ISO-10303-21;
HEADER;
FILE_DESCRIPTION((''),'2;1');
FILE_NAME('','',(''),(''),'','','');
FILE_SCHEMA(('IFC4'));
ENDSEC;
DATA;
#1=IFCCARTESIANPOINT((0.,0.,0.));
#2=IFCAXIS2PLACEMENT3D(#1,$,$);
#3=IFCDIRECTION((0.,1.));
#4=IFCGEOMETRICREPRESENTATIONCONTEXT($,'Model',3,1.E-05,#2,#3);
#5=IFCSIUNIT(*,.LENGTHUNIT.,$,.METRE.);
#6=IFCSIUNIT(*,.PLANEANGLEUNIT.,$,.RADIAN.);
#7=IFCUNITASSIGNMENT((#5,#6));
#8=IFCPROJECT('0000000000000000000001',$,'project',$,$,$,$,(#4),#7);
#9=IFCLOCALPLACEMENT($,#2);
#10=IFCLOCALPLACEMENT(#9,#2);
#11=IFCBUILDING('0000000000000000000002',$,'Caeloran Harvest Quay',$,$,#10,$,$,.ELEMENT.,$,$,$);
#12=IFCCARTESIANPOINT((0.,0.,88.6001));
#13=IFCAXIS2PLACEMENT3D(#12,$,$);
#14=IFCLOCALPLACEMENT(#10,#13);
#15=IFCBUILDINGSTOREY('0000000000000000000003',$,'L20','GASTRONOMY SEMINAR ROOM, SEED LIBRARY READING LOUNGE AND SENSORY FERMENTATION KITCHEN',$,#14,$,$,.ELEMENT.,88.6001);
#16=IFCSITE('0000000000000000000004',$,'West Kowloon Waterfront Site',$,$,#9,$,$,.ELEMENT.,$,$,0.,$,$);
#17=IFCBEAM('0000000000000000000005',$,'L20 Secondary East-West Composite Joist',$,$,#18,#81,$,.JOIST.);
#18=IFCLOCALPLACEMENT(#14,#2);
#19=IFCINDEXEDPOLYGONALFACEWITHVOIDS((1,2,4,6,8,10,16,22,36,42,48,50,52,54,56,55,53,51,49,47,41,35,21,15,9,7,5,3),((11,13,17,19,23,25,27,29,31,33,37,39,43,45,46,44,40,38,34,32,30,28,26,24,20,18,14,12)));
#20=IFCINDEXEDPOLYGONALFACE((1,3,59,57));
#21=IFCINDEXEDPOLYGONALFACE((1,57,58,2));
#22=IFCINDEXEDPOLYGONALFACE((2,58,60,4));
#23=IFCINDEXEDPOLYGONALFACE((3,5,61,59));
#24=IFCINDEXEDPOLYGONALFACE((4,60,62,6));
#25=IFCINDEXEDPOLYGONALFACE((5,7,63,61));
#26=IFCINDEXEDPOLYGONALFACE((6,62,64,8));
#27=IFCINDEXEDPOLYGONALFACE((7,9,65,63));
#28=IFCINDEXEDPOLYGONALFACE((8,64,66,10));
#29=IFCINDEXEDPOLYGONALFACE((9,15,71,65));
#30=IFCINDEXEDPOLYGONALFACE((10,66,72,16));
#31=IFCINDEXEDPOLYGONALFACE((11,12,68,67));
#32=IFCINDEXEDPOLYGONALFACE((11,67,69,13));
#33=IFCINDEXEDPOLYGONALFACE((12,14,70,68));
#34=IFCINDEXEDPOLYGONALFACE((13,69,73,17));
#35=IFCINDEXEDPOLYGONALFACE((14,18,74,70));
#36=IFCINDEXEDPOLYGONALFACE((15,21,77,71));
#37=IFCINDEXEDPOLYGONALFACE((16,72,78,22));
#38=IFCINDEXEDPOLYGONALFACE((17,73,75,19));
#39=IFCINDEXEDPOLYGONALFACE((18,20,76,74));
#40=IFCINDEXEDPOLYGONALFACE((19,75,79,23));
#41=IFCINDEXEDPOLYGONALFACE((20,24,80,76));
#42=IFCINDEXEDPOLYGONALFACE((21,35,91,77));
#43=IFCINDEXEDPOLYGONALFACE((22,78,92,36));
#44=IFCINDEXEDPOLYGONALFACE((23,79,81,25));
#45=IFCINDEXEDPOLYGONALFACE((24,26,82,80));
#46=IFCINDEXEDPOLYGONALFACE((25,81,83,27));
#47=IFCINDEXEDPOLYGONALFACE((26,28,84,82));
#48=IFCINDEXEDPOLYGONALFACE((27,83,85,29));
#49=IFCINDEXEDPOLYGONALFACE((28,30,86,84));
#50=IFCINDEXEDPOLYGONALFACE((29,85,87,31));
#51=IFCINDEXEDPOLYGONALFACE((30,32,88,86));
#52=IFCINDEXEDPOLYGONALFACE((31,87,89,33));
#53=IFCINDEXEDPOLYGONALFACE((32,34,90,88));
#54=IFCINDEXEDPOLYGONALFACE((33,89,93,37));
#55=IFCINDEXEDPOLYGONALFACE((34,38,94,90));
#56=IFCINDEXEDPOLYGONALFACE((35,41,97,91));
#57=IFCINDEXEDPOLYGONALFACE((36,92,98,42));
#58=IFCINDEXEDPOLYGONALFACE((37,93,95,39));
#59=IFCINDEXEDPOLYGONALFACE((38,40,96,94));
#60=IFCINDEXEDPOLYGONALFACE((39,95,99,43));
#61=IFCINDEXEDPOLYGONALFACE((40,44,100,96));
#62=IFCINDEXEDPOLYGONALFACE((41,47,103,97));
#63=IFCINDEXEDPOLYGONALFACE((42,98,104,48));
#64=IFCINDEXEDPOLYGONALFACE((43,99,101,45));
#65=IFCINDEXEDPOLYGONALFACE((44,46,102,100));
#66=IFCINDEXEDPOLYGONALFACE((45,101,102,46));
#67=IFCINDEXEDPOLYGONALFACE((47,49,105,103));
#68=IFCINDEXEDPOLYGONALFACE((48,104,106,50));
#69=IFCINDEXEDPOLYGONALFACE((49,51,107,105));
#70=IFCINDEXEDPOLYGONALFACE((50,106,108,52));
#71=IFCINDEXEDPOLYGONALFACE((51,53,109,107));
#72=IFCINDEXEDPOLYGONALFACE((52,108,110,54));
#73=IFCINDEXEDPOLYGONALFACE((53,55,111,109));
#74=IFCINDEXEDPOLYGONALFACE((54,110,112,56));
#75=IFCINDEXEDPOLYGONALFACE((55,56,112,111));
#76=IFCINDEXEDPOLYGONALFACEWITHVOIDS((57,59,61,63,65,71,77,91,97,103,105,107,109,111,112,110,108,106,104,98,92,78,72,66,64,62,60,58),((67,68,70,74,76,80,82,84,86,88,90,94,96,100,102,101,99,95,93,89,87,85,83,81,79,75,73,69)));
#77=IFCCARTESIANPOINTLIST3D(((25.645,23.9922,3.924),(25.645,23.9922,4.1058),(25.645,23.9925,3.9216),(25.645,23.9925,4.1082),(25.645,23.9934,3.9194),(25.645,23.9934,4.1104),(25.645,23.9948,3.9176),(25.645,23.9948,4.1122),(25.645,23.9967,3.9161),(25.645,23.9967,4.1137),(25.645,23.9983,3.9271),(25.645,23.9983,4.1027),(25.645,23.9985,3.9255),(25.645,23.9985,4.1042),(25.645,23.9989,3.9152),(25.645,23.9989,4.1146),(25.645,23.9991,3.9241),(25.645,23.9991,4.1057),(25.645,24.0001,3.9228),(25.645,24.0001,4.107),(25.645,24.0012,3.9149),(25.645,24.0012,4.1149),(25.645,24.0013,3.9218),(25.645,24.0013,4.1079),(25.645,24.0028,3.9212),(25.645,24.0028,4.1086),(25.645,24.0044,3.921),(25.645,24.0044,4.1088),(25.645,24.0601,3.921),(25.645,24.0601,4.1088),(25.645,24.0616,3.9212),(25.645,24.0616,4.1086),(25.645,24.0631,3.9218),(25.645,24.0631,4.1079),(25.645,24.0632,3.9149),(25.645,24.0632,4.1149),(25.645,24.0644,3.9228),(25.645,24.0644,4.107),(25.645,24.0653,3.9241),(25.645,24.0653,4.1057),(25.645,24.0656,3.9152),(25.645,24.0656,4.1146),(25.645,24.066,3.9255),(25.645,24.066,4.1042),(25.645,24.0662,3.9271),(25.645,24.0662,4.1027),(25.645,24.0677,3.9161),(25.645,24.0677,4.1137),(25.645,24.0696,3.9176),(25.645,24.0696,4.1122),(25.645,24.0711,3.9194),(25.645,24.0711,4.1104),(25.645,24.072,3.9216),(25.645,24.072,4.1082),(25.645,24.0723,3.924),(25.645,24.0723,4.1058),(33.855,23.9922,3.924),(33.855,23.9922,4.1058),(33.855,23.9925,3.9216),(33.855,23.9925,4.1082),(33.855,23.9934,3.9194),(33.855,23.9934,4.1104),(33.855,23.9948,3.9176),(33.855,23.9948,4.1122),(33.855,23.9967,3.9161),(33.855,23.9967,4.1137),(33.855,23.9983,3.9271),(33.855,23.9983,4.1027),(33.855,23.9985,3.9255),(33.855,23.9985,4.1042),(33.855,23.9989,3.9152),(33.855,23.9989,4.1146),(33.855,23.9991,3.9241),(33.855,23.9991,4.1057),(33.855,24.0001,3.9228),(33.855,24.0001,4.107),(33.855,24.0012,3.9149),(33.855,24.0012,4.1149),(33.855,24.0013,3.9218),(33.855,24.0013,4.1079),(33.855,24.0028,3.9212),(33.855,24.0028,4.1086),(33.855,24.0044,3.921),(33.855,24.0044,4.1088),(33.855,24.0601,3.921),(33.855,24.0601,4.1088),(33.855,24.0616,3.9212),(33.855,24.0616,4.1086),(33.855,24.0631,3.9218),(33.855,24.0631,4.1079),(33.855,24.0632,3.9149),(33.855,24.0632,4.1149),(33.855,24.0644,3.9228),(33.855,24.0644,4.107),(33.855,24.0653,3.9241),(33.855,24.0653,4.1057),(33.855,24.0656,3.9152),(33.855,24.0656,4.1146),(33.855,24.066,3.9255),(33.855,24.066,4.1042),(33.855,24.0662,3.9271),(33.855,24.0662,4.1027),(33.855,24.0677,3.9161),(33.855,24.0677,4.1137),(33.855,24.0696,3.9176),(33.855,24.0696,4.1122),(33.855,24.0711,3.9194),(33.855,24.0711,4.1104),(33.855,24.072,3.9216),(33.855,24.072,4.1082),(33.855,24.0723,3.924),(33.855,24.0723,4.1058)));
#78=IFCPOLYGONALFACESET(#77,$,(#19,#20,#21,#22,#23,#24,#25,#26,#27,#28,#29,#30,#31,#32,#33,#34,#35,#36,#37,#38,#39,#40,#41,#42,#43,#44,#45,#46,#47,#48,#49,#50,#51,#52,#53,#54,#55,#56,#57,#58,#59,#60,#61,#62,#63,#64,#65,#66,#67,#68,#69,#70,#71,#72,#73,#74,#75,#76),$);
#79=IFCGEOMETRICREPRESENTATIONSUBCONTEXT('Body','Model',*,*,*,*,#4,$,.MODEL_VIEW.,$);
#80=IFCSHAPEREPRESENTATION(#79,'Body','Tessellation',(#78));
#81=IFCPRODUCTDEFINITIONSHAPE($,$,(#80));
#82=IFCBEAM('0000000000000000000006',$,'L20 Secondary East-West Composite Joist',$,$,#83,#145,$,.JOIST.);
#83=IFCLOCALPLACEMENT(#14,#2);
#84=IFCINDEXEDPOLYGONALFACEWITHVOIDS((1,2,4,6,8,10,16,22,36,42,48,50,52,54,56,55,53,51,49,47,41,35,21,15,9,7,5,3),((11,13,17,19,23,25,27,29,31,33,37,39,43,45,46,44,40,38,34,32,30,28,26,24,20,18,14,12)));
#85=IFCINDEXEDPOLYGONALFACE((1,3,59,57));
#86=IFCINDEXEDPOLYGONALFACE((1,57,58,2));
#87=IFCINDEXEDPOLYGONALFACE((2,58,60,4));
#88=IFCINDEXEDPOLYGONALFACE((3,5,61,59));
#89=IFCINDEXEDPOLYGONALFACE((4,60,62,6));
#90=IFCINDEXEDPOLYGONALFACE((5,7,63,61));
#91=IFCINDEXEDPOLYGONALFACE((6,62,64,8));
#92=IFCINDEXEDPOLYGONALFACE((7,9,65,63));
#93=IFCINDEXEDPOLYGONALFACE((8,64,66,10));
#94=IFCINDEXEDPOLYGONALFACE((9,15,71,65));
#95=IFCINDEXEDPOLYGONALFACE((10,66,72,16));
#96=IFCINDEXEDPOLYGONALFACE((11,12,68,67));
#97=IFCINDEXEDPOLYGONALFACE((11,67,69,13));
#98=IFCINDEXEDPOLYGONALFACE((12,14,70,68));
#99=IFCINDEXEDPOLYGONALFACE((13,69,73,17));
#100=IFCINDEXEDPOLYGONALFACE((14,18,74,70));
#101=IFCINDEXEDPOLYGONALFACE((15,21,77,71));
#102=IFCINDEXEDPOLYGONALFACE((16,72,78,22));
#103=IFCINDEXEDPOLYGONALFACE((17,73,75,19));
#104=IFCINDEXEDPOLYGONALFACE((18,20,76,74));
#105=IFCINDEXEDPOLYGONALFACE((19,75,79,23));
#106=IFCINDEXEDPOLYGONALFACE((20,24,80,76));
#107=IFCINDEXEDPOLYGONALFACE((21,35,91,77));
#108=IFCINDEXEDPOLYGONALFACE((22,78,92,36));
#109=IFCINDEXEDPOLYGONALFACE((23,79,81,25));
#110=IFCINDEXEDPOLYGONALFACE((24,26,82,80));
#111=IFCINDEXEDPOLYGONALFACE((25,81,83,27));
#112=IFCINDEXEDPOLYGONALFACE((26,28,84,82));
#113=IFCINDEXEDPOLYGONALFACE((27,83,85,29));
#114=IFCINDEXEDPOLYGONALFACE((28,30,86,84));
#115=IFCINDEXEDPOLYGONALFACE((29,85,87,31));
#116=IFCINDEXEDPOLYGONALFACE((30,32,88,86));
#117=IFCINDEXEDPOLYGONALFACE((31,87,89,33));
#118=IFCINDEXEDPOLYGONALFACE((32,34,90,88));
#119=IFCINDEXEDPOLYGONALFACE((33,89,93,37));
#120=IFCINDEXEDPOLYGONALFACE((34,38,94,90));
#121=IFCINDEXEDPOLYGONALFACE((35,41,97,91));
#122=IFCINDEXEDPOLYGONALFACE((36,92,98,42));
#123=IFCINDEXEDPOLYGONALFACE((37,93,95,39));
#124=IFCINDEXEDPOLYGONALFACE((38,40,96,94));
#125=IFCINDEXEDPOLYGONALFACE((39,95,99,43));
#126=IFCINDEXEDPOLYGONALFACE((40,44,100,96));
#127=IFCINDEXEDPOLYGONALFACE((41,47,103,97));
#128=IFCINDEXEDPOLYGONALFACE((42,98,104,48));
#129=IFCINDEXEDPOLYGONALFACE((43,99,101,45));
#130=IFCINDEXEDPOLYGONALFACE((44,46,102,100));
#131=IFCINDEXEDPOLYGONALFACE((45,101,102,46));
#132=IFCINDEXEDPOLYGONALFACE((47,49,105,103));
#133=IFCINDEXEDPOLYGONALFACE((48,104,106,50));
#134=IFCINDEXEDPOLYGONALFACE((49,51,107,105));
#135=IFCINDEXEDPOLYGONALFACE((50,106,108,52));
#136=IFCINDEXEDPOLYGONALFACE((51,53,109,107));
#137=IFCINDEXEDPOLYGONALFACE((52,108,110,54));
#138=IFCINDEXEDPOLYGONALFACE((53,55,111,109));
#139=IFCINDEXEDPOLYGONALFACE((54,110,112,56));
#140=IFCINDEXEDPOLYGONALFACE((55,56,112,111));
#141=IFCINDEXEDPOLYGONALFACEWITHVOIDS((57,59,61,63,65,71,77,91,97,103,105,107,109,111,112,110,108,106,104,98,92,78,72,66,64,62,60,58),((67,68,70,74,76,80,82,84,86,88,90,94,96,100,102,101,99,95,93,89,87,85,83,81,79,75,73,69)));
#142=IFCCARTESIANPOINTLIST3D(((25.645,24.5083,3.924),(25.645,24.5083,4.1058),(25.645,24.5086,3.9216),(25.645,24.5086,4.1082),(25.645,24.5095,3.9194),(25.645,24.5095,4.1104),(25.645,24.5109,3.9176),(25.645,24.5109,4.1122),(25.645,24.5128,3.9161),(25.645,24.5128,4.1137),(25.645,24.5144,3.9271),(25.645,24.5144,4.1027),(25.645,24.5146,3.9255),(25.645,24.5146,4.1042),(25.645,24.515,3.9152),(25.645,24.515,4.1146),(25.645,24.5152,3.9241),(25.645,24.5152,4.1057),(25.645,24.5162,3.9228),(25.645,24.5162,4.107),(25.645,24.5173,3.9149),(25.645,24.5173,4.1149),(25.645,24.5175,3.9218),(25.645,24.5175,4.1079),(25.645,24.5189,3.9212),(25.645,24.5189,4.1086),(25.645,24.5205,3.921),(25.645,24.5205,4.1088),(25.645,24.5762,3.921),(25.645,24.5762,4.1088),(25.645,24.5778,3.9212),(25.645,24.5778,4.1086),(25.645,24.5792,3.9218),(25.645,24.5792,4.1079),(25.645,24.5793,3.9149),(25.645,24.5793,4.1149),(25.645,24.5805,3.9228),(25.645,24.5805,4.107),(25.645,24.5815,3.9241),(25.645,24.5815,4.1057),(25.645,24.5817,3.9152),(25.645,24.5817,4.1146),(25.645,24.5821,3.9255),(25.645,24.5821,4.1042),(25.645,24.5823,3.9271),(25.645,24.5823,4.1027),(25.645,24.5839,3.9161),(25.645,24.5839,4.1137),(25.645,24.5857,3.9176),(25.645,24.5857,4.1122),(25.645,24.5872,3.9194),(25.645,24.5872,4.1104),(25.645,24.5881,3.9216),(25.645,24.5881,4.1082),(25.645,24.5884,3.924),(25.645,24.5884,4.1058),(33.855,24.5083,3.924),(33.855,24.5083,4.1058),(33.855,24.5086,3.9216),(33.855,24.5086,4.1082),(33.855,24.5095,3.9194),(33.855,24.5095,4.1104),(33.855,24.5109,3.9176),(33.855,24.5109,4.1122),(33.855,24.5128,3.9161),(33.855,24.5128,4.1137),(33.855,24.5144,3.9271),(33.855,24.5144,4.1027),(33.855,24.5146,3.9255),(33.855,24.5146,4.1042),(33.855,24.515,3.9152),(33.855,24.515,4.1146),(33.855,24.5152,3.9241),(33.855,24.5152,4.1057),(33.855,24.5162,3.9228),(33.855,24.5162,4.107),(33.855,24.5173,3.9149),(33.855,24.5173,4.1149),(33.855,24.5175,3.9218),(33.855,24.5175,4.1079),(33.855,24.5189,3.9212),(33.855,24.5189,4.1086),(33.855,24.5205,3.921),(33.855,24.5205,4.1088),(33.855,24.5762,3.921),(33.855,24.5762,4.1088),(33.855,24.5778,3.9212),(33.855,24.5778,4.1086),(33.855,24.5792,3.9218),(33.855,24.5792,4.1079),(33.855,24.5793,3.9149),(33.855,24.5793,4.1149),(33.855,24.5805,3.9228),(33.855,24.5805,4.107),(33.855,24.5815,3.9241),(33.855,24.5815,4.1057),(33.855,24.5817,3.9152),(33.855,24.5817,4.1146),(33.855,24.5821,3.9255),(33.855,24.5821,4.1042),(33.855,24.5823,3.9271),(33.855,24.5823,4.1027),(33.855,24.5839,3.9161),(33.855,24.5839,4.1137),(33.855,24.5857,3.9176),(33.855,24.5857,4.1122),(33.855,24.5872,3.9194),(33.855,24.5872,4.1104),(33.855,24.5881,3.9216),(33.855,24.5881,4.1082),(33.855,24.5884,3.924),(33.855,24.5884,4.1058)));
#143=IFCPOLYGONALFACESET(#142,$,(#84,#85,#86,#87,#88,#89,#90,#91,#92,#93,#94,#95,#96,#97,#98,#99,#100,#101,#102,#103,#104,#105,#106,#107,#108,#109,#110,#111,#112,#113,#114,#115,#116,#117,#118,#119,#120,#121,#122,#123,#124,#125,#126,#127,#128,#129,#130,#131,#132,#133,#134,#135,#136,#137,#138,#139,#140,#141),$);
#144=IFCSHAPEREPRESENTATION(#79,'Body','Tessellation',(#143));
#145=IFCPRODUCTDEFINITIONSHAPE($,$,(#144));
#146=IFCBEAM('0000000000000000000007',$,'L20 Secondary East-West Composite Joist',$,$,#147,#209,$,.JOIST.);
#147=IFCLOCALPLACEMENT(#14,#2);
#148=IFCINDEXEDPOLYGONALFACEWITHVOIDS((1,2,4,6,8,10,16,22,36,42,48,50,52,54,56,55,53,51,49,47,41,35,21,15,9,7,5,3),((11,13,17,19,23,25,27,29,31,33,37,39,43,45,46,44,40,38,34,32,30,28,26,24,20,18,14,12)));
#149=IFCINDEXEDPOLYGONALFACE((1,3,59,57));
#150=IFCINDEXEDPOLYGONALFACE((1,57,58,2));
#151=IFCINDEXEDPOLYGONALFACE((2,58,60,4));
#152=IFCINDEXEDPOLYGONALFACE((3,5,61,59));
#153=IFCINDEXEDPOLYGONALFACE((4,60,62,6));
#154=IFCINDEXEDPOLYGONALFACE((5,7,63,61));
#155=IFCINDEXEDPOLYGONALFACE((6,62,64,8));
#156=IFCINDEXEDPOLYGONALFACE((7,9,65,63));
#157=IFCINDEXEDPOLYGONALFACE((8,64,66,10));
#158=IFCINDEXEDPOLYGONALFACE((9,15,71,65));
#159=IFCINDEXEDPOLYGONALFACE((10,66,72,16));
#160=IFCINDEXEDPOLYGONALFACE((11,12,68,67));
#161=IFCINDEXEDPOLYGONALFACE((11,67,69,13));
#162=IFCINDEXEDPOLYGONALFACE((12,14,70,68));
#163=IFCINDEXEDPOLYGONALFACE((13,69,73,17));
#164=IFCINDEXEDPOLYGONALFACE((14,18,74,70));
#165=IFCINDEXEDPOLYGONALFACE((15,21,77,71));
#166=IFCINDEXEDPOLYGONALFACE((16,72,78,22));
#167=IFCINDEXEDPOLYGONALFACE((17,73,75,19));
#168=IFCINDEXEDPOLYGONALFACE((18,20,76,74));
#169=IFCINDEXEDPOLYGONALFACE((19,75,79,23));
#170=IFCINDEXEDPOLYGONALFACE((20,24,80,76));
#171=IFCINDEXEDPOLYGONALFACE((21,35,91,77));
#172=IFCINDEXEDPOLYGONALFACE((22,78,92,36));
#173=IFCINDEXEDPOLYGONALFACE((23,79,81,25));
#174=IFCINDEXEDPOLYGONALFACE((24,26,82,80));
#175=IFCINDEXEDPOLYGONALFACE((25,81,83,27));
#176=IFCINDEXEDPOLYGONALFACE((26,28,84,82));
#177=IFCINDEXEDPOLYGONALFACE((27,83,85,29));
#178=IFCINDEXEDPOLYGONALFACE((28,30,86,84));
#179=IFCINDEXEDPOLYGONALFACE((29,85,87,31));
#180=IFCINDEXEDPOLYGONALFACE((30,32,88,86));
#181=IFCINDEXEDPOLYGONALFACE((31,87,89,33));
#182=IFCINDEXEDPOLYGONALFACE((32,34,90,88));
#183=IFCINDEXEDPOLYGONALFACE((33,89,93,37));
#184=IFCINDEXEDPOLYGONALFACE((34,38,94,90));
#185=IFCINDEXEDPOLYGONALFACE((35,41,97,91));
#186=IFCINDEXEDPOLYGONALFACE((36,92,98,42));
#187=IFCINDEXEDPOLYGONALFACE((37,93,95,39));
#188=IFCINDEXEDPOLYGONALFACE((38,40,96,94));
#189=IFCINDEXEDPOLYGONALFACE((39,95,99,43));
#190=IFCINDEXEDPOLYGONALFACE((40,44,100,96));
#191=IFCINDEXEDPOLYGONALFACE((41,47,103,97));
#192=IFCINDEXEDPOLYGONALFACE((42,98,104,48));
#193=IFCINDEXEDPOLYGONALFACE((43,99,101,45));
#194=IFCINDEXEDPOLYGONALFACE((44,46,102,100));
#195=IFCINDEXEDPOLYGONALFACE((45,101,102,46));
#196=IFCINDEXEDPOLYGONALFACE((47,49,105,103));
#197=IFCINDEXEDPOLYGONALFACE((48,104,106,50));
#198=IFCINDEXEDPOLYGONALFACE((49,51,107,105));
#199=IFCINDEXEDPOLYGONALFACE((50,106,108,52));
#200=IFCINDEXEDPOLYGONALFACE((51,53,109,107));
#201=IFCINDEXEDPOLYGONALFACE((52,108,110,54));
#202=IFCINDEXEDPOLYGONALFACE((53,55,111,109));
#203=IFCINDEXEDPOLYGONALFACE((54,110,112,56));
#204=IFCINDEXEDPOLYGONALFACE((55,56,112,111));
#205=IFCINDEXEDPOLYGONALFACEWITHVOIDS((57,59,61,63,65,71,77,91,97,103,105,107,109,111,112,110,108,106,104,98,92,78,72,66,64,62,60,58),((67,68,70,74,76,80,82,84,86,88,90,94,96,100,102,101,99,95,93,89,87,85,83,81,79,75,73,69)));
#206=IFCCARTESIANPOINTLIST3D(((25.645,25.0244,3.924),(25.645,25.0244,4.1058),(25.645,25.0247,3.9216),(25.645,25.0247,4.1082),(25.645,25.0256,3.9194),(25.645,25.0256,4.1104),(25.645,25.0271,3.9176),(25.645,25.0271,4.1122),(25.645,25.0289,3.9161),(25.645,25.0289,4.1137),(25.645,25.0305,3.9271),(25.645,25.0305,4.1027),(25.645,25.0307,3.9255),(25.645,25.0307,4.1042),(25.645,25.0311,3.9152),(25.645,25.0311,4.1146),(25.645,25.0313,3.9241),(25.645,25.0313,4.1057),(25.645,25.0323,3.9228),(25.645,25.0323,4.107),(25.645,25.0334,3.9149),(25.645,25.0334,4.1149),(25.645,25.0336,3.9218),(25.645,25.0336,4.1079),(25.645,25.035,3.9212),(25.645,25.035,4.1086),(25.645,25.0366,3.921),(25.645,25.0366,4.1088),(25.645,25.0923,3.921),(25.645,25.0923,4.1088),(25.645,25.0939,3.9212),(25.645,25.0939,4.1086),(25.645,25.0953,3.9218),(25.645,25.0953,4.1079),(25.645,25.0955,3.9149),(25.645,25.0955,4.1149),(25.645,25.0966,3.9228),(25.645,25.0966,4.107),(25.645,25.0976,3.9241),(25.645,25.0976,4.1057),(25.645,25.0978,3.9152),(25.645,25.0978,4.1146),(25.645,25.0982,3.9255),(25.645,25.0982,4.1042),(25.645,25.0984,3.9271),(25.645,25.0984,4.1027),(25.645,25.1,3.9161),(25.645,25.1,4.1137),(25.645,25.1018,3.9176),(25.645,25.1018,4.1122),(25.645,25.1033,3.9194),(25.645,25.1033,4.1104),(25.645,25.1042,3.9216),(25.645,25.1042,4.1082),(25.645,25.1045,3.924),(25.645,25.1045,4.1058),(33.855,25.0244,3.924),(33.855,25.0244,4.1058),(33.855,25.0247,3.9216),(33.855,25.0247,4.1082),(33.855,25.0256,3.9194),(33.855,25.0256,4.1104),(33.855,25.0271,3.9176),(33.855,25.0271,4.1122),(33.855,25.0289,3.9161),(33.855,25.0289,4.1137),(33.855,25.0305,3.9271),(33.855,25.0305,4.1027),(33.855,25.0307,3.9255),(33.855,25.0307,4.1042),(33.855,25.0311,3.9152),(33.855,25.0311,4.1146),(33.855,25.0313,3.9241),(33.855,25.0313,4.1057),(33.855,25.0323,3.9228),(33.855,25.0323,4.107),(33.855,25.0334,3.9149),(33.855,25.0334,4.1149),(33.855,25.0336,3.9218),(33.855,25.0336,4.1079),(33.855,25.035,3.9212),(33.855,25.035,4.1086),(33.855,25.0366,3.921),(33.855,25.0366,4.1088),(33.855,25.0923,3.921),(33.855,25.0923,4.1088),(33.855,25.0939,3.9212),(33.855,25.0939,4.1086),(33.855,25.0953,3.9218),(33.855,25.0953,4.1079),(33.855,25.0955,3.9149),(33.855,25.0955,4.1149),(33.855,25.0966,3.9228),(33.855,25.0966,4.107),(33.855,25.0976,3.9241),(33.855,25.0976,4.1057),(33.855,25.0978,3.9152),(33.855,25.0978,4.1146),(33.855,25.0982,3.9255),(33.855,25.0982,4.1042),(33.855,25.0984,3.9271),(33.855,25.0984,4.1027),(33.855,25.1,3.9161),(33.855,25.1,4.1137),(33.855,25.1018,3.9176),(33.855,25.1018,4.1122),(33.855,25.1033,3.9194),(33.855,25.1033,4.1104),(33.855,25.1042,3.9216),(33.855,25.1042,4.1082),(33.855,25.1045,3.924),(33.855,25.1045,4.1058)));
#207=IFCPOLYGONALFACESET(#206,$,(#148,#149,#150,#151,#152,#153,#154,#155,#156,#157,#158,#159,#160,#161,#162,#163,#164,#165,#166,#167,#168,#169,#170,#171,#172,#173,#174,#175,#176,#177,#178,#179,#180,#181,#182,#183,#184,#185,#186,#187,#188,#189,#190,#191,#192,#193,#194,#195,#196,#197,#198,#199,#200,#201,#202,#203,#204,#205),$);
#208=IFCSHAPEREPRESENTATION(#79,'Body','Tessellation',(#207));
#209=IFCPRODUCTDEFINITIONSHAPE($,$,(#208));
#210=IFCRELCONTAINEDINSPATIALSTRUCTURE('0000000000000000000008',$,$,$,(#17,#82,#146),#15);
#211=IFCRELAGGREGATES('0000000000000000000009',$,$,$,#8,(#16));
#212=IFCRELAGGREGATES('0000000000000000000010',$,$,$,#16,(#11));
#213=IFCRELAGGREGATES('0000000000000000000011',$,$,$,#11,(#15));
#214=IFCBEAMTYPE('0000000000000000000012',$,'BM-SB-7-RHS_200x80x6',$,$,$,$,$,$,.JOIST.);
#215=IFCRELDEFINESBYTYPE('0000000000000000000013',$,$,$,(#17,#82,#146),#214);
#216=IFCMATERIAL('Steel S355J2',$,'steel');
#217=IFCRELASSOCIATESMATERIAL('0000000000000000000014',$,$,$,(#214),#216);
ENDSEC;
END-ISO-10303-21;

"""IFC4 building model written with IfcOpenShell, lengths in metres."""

from ifc_helpers import new_model, si_unit, direction, frame, origin, origin_2d, place, context, subcontext, project, spatial, hollow_rectangle, extrude, material, material_profile, profile_set, type_object, element, save


model = new_model("IFC4")

# Units and contexts
model_context = context("Model", 3, precision=1e-05, world=origin(), true_north=direction((0.0, 1.0)))
body_context = subcontext(model_context, "Body", "Model", "MODEL_VIEW")
ifc_project = project(units=[si_unit("LENGTHUNIT", "METRE"), si_unit("PLANEANGLEUNIT", "RADIAN")], contexts=[model_context])

# Site, building, storey
site_placement = place(None, origin())
site = spatial("IfcSite", under=ifc_project, at=site_placement, Name="West Kowloon Waterfront Site", CompositionType="ELEMENT", RefElevation=0.0)
building_placement = place(site_placement, origin())
building = spatial("IfcBuilding", under=site, at=building_placement, Name="Caeloran Harvest Quay", CompositionType="ELEMENT")
storey_placement = place(building_placement, frame((0.0, 0.0, 88.6001)))
storey = spatial("IfcBuildingStorey", under=building, at=storey_placement, Name="L20", Description="GASTRONOMY SEMINAR ROOM, SEED LIBRARY READING LOUNGE AND SENSORY FERMENTATION KITCHEN", CompositionType="ELEMENT", Elevation=88.6001)

# Beams
ifc_material_1 = material(Name="Steel S355J2", Category="steel")
ifc_material_profile_1 = material_profile(ifc_material_1, hollow_rectangle(XDim=0.0801, YDim=0.2, WallThickness=0.0061, InnerFilletRadius=0.0061, OuterFilletRadius=0.009, at=origin_2d()), Name="RHS 200x80x6")
ifc_profile_set_1 = profile_set([ifc_material_profile_1], Name="Steel S355J2")
beam_type_1 = type_object("IfcBeamType", Name="BM-SB-7-RHS_200x80x6", PredefinedType="JOIST", material=ifc_profile_set_1)
for number, where, z_axis, x_axis, name in (
    (1, (25.645, 24.0322, 4.0149), (1.0, 0.0, 0.0), (0.0, 1.0, 0.0), "L20 Secondary East-West Composite Joist"),
    (2, (25.645, 24.5483, 4.0149), (1.0, 0.0, 0.0), (0.0, 1.0, 0.0), "L20 Secondary East-West Composite Joist"),
    (3, (25.645, 25.0645, 4.0149), (1.0, 0.0, 0.0), (0.0, 1.0, 0.0), "L20 Secondary East-West Composite Joist"),
):
    element("IfcBeam", number, at=place(storey_placement, frame(where, z_axis=z_axis, x_axis=x_axis)), inside=storey, type_object=beam_type_1, Name=name, PredefinedType="JOIST", context=body_context, shape_type="SweptSolid", body=[
        extrude(hollow_rectangle(XDim=0.0801, YDim=0.2, WallThickness=0.0061, InnerFilletRadius=0.0061, OuterFilletRadius=0.009, at=origin_2d()), origin(), (0.0, 0.0, 1.0), 8.21),
    ])

save(model, "model.ifc")
